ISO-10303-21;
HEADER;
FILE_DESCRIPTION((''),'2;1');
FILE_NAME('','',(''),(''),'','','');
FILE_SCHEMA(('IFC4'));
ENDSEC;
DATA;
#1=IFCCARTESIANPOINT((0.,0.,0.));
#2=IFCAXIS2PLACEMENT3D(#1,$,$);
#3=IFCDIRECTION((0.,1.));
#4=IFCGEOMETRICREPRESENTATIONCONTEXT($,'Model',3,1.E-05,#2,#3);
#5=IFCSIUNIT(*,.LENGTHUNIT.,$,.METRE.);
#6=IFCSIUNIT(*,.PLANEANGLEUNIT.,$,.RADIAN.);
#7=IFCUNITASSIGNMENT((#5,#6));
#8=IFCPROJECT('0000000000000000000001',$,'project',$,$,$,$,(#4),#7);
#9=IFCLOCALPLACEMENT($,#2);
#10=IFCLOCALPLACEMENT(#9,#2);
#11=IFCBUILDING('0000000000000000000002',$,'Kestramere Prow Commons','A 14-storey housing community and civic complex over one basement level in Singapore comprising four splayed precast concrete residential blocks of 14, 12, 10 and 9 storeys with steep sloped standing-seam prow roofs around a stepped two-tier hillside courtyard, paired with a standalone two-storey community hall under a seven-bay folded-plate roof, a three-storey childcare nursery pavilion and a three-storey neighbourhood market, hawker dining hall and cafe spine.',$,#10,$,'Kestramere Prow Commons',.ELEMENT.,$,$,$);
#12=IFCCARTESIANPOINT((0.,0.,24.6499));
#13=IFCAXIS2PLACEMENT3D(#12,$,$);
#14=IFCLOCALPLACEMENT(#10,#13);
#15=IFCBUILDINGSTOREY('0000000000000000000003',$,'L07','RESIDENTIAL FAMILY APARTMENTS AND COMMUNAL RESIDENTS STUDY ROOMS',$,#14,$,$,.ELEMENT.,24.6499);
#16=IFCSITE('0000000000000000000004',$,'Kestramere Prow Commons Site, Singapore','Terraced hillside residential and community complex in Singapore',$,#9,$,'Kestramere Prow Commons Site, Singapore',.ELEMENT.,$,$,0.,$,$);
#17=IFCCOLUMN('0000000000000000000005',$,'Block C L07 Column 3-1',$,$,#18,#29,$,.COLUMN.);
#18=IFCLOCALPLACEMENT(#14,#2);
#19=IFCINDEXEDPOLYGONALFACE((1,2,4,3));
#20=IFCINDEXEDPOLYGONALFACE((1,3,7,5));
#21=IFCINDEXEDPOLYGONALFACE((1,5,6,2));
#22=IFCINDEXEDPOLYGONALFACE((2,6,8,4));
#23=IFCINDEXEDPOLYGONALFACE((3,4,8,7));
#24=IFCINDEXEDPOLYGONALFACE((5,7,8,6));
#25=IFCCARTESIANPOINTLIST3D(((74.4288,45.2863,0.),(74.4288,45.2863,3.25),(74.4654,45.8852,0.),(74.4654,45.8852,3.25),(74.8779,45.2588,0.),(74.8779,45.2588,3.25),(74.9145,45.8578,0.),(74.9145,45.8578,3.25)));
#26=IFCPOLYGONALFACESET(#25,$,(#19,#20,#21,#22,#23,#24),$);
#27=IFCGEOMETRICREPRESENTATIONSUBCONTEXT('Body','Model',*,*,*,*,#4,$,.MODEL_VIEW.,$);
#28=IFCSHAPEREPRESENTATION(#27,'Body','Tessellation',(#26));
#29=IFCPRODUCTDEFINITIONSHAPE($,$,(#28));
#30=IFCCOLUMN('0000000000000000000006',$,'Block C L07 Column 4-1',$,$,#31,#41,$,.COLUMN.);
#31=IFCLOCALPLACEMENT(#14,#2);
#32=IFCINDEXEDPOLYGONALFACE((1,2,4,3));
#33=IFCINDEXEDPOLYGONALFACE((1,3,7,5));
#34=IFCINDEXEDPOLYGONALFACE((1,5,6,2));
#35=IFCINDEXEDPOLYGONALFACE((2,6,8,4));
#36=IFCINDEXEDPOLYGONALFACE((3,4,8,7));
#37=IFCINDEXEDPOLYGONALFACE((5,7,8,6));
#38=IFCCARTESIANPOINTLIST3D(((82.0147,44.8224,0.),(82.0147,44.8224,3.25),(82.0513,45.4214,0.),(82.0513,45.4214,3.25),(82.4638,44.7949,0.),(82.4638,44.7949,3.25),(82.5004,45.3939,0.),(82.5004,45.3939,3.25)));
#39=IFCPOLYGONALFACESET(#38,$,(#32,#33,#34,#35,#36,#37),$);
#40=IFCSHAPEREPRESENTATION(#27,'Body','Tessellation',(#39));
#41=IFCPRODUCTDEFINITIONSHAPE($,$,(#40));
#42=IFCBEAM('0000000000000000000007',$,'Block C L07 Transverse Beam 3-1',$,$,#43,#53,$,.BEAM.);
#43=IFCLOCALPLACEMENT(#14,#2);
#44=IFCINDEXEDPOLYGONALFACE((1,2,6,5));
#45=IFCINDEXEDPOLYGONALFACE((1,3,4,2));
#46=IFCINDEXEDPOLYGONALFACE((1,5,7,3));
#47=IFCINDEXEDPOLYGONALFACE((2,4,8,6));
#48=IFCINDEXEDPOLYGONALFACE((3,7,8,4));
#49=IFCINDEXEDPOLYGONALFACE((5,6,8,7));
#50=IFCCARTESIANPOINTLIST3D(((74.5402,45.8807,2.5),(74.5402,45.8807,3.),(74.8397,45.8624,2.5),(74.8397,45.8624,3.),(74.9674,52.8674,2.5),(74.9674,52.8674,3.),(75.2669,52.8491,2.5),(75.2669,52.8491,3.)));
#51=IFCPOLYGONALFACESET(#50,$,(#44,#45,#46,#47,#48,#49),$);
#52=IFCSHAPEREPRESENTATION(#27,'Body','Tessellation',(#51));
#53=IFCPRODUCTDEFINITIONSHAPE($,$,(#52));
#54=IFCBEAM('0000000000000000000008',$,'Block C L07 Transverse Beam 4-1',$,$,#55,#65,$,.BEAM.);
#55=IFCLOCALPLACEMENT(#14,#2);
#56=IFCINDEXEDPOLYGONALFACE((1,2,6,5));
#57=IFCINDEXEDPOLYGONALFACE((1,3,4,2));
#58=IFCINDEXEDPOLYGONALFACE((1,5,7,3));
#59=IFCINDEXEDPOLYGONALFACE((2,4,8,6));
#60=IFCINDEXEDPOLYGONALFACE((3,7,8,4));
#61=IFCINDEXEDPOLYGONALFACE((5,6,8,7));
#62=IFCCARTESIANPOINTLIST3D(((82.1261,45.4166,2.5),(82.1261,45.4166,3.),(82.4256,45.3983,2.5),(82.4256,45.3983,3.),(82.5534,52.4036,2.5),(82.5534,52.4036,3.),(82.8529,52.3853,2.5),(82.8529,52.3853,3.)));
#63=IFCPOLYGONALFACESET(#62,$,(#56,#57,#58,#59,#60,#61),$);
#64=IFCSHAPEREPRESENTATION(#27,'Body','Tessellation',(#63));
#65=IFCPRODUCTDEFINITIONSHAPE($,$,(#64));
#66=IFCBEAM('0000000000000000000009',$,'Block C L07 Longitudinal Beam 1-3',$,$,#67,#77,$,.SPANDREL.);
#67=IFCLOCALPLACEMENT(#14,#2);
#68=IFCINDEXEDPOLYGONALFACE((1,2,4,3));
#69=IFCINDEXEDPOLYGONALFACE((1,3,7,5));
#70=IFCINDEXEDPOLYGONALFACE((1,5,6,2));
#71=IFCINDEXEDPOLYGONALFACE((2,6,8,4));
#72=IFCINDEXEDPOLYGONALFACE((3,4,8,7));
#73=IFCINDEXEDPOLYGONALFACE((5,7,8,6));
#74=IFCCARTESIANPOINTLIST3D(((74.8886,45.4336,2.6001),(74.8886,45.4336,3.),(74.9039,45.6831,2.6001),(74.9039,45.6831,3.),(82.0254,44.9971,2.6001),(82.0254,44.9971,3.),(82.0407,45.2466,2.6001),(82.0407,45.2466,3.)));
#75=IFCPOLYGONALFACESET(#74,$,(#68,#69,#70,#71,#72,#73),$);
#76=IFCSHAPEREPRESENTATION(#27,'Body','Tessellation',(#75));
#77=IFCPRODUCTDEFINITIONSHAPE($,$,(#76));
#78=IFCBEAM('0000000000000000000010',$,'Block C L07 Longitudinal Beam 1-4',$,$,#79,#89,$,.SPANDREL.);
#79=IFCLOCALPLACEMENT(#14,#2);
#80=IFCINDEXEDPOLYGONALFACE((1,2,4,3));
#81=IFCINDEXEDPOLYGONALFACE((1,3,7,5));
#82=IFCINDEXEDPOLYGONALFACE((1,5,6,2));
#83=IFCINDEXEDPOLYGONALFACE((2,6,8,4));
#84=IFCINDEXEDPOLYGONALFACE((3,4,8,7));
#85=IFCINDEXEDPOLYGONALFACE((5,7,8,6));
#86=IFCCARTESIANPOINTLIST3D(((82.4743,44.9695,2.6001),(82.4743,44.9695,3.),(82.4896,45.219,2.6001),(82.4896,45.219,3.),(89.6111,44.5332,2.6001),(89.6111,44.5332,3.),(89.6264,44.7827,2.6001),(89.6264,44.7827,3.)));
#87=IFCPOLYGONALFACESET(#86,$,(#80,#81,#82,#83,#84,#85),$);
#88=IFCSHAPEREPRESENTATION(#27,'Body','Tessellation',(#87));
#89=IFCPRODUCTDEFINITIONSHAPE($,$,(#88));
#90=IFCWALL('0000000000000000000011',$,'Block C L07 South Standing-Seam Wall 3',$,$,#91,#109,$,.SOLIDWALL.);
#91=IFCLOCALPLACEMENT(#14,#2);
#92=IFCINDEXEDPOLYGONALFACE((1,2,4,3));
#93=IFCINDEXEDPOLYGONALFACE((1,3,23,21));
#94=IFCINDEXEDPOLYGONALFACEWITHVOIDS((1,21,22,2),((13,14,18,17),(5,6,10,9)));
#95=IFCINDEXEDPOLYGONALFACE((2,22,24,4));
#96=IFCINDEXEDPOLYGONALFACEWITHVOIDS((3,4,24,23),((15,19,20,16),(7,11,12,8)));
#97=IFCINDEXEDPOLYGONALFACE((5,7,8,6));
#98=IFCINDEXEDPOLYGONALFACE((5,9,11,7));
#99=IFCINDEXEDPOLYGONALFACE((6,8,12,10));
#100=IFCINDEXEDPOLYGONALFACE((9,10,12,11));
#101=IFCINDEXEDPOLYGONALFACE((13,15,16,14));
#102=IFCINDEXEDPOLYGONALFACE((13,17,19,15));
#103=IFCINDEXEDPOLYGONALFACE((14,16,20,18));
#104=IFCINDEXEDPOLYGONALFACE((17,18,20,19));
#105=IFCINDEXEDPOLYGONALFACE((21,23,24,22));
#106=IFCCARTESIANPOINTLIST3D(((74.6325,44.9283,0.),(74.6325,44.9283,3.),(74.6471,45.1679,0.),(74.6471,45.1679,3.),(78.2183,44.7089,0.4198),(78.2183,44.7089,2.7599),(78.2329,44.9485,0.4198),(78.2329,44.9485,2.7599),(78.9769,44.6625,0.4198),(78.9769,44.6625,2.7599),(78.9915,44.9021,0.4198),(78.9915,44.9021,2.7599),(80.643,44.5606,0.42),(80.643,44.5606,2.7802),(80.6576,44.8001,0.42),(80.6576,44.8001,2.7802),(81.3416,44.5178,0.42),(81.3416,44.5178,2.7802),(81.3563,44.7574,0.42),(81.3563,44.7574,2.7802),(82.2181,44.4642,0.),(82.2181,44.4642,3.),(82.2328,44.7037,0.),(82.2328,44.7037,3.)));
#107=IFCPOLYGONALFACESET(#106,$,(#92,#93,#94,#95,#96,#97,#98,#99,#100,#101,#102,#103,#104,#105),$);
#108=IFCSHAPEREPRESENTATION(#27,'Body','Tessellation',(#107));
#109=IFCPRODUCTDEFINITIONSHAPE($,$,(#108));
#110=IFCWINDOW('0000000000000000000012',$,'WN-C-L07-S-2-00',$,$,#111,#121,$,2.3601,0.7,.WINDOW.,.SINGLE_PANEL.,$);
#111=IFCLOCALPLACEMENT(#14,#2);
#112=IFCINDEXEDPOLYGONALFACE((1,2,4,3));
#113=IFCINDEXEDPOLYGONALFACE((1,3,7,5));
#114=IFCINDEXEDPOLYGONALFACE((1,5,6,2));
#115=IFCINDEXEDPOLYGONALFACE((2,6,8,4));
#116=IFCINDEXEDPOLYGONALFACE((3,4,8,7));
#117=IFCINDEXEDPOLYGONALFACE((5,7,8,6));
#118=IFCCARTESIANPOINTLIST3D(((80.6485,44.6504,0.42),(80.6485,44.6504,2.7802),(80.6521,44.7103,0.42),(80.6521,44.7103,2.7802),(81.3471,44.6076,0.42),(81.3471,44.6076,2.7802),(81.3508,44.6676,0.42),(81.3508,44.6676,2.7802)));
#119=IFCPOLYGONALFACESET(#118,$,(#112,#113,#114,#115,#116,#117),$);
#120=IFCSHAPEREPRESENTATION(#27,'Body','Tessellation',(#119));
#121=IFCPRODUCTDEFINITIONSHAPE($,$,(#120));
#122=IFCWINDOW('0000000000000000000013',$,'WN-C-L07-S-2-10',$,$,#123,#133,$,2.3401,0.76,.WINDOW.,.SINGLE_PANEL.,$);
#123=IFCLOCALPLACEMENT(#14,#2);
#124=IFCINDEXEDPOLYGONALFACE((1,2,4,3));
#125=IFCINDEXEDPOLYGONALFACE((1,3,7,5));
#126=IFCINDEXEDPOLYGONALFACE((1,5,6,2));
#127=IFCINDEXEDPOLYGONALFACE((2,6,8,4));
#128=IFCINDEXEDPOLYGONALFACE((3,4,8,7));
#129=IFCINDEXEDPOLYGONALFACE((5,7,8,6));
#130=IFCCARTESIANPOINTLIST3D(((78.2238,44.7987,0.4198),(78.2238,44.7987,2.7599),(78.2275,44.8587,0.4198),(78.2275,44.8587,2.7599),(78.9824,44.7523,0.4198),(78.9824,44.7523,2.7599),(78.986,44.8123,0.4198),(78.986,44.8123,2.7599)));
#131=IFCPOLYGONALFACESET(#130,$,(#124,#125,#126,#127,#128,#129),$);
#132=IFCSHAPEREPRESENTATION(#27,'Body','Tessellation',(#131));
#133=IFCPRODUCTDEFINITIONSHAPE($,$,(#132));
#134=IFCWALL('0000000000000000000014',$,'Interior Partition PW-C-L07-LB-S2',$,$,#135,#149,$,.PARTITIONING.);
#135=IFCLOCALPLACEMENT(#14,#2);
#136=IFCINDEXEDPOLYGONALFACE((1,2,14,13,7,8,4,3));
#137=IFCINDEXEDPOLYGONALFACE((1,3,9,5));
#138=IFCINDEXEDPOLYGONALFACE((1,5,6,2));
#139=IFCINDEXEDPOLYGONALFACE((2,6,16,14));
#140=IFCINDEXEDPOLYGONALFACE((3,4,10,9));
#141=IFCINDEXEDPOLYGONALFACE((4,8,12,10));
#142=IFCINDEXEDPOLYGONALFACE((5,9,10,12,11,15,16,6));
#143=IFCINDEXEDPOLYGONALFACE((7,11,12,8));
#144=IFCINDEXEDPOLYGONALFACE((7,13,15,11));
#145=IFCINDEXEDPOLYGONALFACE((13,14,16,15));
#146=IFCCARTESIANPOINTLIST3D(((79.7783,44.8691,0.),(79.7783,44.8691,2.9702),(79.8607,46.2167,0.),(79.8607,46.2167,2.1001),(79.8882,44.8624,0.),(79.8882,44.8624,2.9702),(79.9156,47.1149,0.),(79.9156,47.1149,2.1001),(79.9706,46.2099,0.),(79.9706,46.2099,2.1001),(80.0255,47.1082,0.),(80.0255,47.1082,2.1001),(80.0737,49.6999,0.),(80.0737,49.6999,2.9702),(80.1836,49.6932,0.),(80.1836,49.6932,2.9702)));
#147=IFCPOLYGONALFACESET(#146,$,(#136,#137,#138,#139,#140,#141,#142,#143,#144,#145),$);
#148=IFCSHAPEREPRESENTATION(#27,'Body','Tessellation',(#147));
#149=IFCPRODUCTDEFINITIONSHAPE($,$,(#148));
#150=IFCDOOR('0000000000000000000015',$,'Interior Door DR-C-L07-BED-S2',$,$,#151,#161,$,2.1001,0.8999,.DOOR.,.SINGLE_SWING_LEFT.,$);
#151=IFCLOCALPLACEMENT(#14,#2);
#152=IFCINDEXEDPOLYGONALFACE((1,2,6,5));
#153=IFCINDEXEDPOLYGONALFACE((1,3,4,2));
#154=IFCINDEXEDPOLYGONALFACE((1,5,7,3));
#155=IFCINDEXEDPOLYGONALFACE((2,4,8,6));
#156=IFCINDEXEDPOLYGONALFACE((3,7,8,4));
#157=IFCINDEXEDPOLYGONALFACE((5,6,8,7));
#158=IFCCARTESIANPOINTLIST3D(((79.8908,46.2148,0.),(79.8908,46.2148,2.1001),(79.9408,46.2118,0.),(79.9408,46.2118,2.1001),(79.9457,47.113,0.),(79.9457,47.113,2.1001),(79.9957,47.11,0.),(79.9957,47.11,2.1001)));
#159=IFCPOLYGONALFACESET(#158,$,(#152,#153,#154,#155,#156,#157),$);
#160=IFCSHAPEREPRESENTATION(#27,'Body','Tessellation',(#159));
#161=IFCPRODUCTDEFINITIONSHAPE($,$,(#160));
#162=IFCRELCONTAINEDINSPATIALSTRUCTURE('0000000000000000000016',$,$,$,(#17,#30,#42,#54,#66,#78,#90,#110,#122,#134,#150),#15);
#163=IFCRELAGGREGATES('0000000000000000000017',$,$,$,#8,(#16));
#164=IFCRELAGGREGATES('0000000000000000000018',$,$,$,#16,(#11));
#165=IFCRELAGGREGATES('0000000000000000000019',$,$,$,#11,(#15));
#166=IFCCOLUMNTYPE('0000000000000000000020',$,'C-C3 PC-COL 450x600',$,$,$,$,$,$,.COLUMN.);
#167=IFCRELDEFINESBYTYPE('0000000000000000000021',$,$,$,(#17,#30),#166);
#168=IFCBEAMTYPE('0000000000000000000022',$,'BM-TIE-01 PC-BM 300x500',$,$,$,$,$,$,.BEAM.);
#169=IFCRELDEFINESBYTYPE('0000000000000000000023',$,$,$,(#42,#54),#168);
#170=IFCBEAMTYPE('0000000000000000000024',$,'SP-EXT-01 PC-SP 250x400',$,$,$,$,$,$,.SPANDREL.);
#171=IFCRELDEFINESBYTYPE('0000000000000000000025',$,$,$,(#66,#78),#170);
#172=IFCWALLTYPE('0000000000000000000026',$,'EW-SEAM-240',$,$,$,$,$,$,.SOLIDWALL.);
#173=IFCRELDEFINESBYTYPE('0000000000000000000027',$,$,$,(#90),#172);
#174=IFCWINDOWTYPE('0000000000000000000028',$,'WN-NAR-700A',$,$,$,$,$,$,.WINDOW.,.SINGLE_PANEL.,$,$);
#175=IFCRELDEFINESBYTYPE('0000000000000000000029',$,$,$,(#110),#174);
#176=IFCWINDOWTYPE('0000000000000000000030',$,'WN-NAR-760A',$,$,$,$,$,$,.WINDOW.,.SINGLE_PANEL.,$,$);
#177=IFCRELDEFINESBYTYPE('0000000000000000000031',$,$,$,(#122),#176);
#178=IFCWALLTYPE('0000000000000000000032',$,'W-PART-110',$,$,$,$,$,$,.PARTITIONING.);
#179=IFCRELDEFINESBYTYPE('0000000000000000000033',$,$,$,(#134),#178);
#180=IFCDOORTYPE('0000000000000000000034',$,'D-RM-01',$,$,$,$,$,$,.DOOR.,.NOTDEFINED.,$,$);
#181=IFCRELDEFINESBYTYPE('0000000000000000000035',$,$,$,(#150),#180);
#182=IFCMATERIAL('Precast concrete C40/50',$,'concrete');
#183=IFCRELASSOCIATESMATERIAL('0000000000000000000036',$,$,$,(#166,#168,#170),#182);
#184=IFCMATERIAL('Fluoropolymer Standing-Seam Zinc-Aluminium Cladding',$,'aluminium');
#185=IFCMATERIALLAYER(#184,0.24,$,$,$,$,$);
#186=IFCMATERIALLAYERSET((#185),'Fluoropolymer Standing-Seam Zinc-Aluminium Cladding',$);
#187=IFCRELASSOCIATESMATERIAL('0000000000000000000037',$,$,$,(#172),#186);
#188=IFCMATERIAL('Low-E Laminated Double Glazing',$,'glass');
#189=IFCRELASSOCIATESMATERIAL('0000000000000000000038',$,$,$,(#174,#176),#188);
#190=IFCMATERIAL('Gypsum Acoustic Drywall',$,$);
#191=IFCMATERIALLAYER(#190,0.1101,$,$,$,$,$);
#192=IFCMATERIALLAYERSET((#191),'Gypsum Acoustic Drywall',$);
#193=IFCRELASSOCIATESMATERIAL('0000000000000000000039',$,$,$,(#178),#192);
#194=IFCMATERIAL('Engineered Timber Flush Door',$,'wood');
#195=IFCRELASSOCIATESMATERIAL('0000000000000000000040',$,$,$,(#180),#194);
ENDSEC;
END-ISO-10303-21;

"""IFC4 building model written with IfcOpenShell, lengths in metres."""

from ifc_helpers import new_model, si_unit, direction, frame, frame_2d, origin, origin_2d, place, context, subcontext, project, spatial, rectangle, extrude, material, layer, layer_set, material_profile, profile_set, type_object, element, fill, save


model = new_model("IFC4")

# Units and contexts
model_context = context("Model", 3, precision=1e-05, world=origin(), true_north=direction((0.0, 1.0)))
body_context = subcontext(model_context, "Body", "Model", "MODEL_VIEW")
ifc_project = project(units=[si_unit("LENGTHUNIT", "METRE"), si_unit("PLANEANGLEUNIT", "RADIAN")], contexts=[model_context])

# Site, building, storey
site_placement = place(None, origin())
site = spatial("IfcSite", under=ifc_project, at=site_placement, Name="Kestramere Prow Commons Site, Singapore", Description="Terraced hillside residential and community complex in Singapore", LongName="Kestramere Prow Commons Site, Singapore", CompositionType="ELEMENT", RefElevation=0.0)
building_placement = place(site_placement, origin())
building = spatial("IfcBuilding", under=site, at=building_placement, Name="Kestramere Prow Commons", Description="A 14-storey housing community and civic complex over one basement level in Singapore comprising four splayed precast concrete residential blocks of 14, 12, 10 and 9 storeys with steep sloped standing-seam prow roofs around a stepped two-tier hillside courtyard, paired with a standalone two-storey community hall under a seven-bay folded-plate roof, a three-storey childcare nursery pavilion and a three-storey neighbourhood market, hawker dining hall and cafe spine.", LongName="Kestramere Prow Commons", CompositionType="ELEMENT")
storey_placement = place(building_placement, frame((0.0, 0.0, 24.6499)))
storey = spatial("IfcBuildingStorey", under=building, at=storey_placement, Name="L07", Description="RESIDENTIAL FAMILY APARTMENTS AND COMMUNAL RESIDENTS STUDY ROOMS", CompositionType="ELEMENT", Elevation=24.6499)

# Columns
ifc_material_1 = material(Name="Precast concrete C40/50", Category="concrete")
ifc_material_profile_1 = material_profile(ifc_material_1, rectangle(XDim=0.45, YDim=0.6001, at=origin_2d()), Name="PC-COL 450x600")
ifc_profile_set_1 = profile_set([ifc_material_profile_1], Name="Precast concrete C40/50")
column_type = type_object("IfcColumnType", Name="C-C3 PC-COL 450x600", PredefinedType="COLUMN", material=ifc_profile_set_1)
for number, where, z_axis, x_axis, name in (
    (1, (74.6716, 45.572, 0.0), (0.0, 0.0, 1.0), (0.998135, -0.061049, 0.0), "Block C L07 Column 3-1"),
    (2, (82.2576, 45.1082, 0.0), (0.0, 0.0, 1.0), (0.998135, -0.061049, 0.0), "Block C L07 Column 4-1"),
):
    element("IfcColumn", number, at=place(storey_placement, frame(where, z_axis=z_axis, x_axis=x_axis)), inside=storey, type_object=column_type, Name=name, PredefinedType="COLUMN", context=body_context, shape_type="SweptSolid", body=[
        extrude(rectangle(XDim=0.45, YDim=0.6001, at=origin_2d()), origin(), (0.0, 0.0, 1.0), 3.25),
    ])

# Beams
ifc_material_profile_2 = material_profile(ifc_material_1, rectangle(XDim=0.3, YDim=0.5, at=origin_2d()), Name="PC-BM 300x500")
ifc_profile_set_2 = profile_set([ifc_material_profile_2], Name="Precast concrete C40/50")
beam_type_1 = type_object("IfcBeamType", Name="BM-TIE-01 PC-BM 300x500", PredefinedType="BEAM", material=ifc_profile_set_2)
beam_1_placement = place(storey_placement, frame((74.6899, 45.8716, 2.75), z_axis=(0.061036, 0.998136, 0.0), x_axis=(-0.998136, 0.061036, 0.0)))
element("IfcBeam", 3, at=beam_1_placement, inside=storey, type_object=beam_type_1, Name="Block C L07 Transverse Beam 3-1", PredefinedType="BEAM", context=body_context, shape_type="SweptSolid", body=[
    extrude(rectangle(XDim=0.3, YDim=0.5, at=origin_2d()), origin(), (0.0, 0.0, 1.0), 6.9998),
])
beam_2_placement = place(storey_placement, frame((82.2759, 45.4075, 2.75), z_axis=(0.061034, 0.998136, 0.0), x_axis=(-0.998136, 0.061034, 0.0)))
element("IfcBeam", 4, at=beam_2_placement, inside=storey, type_object=beam_type_1, Name="Block C L07 Transverse Beam 4-1", PredefinedType="BEAM", context=body_context, shape_type="SweptSolid", body=[
    extrude(rectangle(XDim=0.3, YDim=0.5, at=origin_2d()), origin(), (0.0, 0.0, 1.0), 7.0),
])
ifc_material_profile_3 = material_profile(ifc_material_1, rectangle(XDim=0.25, YDim=0.3999, at=origin_2d()), Name="PC-SP 250x400")
ifc_profile_set_3 = profile_set([ifc_material_profile_3], Name="Precast concrete C40/50")
beam_type_2 = type_object("IfcBeamType", Name="SP-EXT-01 PC-SP 250x400", PredefinedType="SPANDREL", material=ifc_profile_set_3)
for number, where, z_axis, x_axis, name in (
    (5, (74.8962, 45.5583, 2.8), (0.998135, -0.061052, 0.0), (0.061052, 0.998135, 0.0), "Block C L07 Longitudinal Beam 1-3"),
    (6, (82.4819, 45.0942, 2.8), (0.998137, -0.061018, 0.0), (0.061018, 0.998137, 0.0), "Block C L07 Longitudinal Beam 1-4"),
):
    element("IfcBeam", number, at=place(storey_placement, frame(where, z_axis=z_axis, x_axis=x_axis)), inside=storey, type_object=beam_type_2, Name=name, PredefinedType="SPANDREL", context=body_context, shape_type="SweptSolid", body=[
        extrude(rectangle(XDim=0.25, YDim=0.3999, at=origin_2d()), origin(), (0.0, 0.0, 1.0), 7.1501),
    ])

# Shared definitions
ifc_material_2 = material(Name="Fluoropolymer Standing-Seam Zinc-Aluminium Cladding", Category="aluminium")
ifc_layer_1 = layer(ifc_material_2, 0.24)
ifc_layer_set_1 = layer_set([ifc_layer_1], Name="Fluoropolymer Standing-Seam Zinc-Aluminium Cladding")
wall_type_1 = type_object("IfcWallType", Name="EW-SEAM-240", PredefinedType="SOLIDWALL", material=ifc_layer_set_1)
ifc_material_3 = material(Name="Low-E Laminated Double Glazing", Category="glass")

# Wall, openings, windows
wall_1_placement = place(storey_placement, frame((82.2253, 44.584, 0.0), z_axis=(0.0, 0.0, 1.0), x_axis=(-0.998134, 0.061068, 0.0)))
wall_1 = element("IfcWall", 7, at=wall_1_placement, inside=storey, type_object=wall_type_1, Name="Block C L07 South Standing-Seam Wall 3", PredefinedType="SOLIDWALL", context=body_context, shape_type="SweptSolid", body=[
    extrude(rectangle(XDim=7.5999, YDim=0.24, at=frame_2d((3.7998, 0.0))), origin(), (0.0, 0.0, 1.0), 3.0),
])
opening_1_placement = place(wall_1_placement, frame((0.8779, 0.0, 0.4199)))
opening_1 = element("IfcOpeningElement", 8, at=opening_1_placement, cuts=wall_1, PredefinedType="OPENING", context=body_context, shape_type="SweptSolid", body=[
    extrude(rectangle(XDim=0.7, YDim=2.3601, at=frame_2d((0.3501, 1.1802))), frame((0.0, 0.135, 0.0), z_axis=(0.0, -1.0, 0.0), x_axis=(1.0, 0.0, 0.0)), (0.0, 0.0, 1.0), 0.27),
])
opening_2_placement = place(wall_1_placement, frame((3.2473, 0.0, 0.4199)))
opening_2 = element("IfcOpeningElement", 9, at=opening_2_placement, cuts=wall_1, PredefinedType="OPENING", context=body_context, shape_type="SweptSolid", body=[
    extrude(rectangle(XDim=0.76, YDim=2.3401, at=frame_2d((0.3799, 1.1699))), frame((0.0, 0.135, 0.0), z_axis=(0.0, -1.0, 0.0), x_axis=(1.0, 0.0, 0.0)), (0.0, 0.0, 1.0), 0.27),
])
window_type_1 = type_object("IfcWindowType", Name="WN-NAR-700A", PartitioningType="SINGLE_PANEL", PredefinedType="WINDOW", material=ifc_material_3)
window_1_placement = place(opening_1_placement, origin())
window_1 = element("IfcWindow", 10, at=window_1_placement, inside=storey, type_object=window_type_1, Name="WN-C-L07-S-2-00", OverallHeight=2.3601, OverallWidth=0.7, PartitioningType="SINGLE_PANEL", PredefinedType="WINDOW", context=body_context, shape_type="SweptSolid", body=[
    extrude(rectangle(XDim=0.7, YDim=2.3601, at=frame_2d((0.3501, 1.1802))), frame((0.0, 0.03, 0.0), z_axis=(0.0, -1.0, 0.0), x_axis=(1.0, 0.0, 0.0)), (0.0, 0.0, 1.0), 0.0601),
])
fill(opening_1, window_1)
window_type_2 = type_object("IfcWindowType", Name="WN-NAR-760A", PartitioningType="SINGLE_PANEL", PredefinedType="WINDOW", material=ifc_material_3)
window_2_placement = place(opening_2_placement, origin())
window_2 = element("IfcWindow", 11, at=window_2_placement, inside=storey, type_object=window_type_2, Name="WN-C-L07-S-2-10", OverallHeight=2.3401, OverallWidth=0.76, PartitioningType="SINGLE_PANEL", PredefinedType="WINDOW", context=body_context, shape_type="SweptSolid", body=[
    extrude(rectangle(XDim=0.76, YDim=2.3401, at=frame_2d((0.3799, 1.1699))), frame((0.0, 0.03, 0.0), z_axis=(0.0, -1.0, 0.0), x_axis=(1.0, 0.0, 0.0)), (0.0, 0.0, 1.0), 0.0601),
])
fill(opening_2, window_2)

# Wall, opening, door
ifc_material_4 = material(Name="Gypsum Acoustic Drywall")
ifc_layer_2 = layer(ifc_material_4, 0.1101)
ifc_layer_set_2 = layer_set([ifc_layer_2], Name="Gypsum Acoustic Drywall")
wall_type_2 = type_object("IfcWallType", Name="W-PART-110", PredefinedType="PARTITIONING", material=ifc_layer_set_2)
wall_2_placement = place(storey_placement, frame((79.8333, 44.8657, 0.0), z_axis=(0.0, 0.0, 1.0), x_axis=(0.061037, 0.998135, 0.0)))
wall_2 = element("IfcWall", 12, at=wall_2_placement, inside=storey, type_object=wall_type_2, Name="Interior Partition PW-C-L07-LB-S2", PredefinedType="PARTITIONING", context=body_context, shape_type="SweptSolid", body=[
    extrude(rectangle(XDim=4.8398, YDim=0.1101, at=frame_2d((2.4199, 0.0))), origin(), (0.0, 0.0, 1.0), 2.9702),
])
opening_3_placement = place(wall_2_placement, frame((1.3501, 0.0, 0.0)))
opening_3 = element("IfcOpeningElement", 13, at=opening_3_placement, cuts=wall_2, PredefinedType="OPENING", context=body_context, shape_type="SweptSolid", body=[
    extrude(rectangle(XDim=0.8999, YDim=2.1001, at=frame_2d((0.45, 1.05))), frame((0.0, 0.0701, 0.0), z_axis=(0.0, -1.0, 0.0), x_axis=(1.0, 0.0, 0.0)), (0.0, 0.0, 1.0), 0.1401),
])
ifc_material_5 = material(Name="Engineered Timber Flush Door", Category="wood")
door_type_1 = type_object("IfcDoorType", Name="D-RM-01", OperationType="NOTDEFINED", PredefinedType="DOOR", material=ifc_material_5)
door_1_placement = place(opening_3_placement, origin())
door_1 = element("IfcDoor", 14, at=door_1_placement, inside=storey, type_object=door_type_1, Name="Interior Door DR-C-L07-BED-S2", OperationType="SINGLE_SWING_LEFT", OverallHeight=2.1001, OverallWidth=0.8999, PredefinedType="DOOR", context=body_context, shape_type="SweptSolid", body=[
    extrude(rectangle(XDim=0.8999, YDim=2.1001, at=frame_2d((0.45, 1.05))), frame((0.0, 0.0249, 0.0), z_axis=(0.0, -1.0, 0.0), x_axis=(1.0, 0.0, 0.0)), (0.0, 0.0, 1.0), 0.05),
])
fill(opening_3, door_1)

save(model, "model.ifc")
